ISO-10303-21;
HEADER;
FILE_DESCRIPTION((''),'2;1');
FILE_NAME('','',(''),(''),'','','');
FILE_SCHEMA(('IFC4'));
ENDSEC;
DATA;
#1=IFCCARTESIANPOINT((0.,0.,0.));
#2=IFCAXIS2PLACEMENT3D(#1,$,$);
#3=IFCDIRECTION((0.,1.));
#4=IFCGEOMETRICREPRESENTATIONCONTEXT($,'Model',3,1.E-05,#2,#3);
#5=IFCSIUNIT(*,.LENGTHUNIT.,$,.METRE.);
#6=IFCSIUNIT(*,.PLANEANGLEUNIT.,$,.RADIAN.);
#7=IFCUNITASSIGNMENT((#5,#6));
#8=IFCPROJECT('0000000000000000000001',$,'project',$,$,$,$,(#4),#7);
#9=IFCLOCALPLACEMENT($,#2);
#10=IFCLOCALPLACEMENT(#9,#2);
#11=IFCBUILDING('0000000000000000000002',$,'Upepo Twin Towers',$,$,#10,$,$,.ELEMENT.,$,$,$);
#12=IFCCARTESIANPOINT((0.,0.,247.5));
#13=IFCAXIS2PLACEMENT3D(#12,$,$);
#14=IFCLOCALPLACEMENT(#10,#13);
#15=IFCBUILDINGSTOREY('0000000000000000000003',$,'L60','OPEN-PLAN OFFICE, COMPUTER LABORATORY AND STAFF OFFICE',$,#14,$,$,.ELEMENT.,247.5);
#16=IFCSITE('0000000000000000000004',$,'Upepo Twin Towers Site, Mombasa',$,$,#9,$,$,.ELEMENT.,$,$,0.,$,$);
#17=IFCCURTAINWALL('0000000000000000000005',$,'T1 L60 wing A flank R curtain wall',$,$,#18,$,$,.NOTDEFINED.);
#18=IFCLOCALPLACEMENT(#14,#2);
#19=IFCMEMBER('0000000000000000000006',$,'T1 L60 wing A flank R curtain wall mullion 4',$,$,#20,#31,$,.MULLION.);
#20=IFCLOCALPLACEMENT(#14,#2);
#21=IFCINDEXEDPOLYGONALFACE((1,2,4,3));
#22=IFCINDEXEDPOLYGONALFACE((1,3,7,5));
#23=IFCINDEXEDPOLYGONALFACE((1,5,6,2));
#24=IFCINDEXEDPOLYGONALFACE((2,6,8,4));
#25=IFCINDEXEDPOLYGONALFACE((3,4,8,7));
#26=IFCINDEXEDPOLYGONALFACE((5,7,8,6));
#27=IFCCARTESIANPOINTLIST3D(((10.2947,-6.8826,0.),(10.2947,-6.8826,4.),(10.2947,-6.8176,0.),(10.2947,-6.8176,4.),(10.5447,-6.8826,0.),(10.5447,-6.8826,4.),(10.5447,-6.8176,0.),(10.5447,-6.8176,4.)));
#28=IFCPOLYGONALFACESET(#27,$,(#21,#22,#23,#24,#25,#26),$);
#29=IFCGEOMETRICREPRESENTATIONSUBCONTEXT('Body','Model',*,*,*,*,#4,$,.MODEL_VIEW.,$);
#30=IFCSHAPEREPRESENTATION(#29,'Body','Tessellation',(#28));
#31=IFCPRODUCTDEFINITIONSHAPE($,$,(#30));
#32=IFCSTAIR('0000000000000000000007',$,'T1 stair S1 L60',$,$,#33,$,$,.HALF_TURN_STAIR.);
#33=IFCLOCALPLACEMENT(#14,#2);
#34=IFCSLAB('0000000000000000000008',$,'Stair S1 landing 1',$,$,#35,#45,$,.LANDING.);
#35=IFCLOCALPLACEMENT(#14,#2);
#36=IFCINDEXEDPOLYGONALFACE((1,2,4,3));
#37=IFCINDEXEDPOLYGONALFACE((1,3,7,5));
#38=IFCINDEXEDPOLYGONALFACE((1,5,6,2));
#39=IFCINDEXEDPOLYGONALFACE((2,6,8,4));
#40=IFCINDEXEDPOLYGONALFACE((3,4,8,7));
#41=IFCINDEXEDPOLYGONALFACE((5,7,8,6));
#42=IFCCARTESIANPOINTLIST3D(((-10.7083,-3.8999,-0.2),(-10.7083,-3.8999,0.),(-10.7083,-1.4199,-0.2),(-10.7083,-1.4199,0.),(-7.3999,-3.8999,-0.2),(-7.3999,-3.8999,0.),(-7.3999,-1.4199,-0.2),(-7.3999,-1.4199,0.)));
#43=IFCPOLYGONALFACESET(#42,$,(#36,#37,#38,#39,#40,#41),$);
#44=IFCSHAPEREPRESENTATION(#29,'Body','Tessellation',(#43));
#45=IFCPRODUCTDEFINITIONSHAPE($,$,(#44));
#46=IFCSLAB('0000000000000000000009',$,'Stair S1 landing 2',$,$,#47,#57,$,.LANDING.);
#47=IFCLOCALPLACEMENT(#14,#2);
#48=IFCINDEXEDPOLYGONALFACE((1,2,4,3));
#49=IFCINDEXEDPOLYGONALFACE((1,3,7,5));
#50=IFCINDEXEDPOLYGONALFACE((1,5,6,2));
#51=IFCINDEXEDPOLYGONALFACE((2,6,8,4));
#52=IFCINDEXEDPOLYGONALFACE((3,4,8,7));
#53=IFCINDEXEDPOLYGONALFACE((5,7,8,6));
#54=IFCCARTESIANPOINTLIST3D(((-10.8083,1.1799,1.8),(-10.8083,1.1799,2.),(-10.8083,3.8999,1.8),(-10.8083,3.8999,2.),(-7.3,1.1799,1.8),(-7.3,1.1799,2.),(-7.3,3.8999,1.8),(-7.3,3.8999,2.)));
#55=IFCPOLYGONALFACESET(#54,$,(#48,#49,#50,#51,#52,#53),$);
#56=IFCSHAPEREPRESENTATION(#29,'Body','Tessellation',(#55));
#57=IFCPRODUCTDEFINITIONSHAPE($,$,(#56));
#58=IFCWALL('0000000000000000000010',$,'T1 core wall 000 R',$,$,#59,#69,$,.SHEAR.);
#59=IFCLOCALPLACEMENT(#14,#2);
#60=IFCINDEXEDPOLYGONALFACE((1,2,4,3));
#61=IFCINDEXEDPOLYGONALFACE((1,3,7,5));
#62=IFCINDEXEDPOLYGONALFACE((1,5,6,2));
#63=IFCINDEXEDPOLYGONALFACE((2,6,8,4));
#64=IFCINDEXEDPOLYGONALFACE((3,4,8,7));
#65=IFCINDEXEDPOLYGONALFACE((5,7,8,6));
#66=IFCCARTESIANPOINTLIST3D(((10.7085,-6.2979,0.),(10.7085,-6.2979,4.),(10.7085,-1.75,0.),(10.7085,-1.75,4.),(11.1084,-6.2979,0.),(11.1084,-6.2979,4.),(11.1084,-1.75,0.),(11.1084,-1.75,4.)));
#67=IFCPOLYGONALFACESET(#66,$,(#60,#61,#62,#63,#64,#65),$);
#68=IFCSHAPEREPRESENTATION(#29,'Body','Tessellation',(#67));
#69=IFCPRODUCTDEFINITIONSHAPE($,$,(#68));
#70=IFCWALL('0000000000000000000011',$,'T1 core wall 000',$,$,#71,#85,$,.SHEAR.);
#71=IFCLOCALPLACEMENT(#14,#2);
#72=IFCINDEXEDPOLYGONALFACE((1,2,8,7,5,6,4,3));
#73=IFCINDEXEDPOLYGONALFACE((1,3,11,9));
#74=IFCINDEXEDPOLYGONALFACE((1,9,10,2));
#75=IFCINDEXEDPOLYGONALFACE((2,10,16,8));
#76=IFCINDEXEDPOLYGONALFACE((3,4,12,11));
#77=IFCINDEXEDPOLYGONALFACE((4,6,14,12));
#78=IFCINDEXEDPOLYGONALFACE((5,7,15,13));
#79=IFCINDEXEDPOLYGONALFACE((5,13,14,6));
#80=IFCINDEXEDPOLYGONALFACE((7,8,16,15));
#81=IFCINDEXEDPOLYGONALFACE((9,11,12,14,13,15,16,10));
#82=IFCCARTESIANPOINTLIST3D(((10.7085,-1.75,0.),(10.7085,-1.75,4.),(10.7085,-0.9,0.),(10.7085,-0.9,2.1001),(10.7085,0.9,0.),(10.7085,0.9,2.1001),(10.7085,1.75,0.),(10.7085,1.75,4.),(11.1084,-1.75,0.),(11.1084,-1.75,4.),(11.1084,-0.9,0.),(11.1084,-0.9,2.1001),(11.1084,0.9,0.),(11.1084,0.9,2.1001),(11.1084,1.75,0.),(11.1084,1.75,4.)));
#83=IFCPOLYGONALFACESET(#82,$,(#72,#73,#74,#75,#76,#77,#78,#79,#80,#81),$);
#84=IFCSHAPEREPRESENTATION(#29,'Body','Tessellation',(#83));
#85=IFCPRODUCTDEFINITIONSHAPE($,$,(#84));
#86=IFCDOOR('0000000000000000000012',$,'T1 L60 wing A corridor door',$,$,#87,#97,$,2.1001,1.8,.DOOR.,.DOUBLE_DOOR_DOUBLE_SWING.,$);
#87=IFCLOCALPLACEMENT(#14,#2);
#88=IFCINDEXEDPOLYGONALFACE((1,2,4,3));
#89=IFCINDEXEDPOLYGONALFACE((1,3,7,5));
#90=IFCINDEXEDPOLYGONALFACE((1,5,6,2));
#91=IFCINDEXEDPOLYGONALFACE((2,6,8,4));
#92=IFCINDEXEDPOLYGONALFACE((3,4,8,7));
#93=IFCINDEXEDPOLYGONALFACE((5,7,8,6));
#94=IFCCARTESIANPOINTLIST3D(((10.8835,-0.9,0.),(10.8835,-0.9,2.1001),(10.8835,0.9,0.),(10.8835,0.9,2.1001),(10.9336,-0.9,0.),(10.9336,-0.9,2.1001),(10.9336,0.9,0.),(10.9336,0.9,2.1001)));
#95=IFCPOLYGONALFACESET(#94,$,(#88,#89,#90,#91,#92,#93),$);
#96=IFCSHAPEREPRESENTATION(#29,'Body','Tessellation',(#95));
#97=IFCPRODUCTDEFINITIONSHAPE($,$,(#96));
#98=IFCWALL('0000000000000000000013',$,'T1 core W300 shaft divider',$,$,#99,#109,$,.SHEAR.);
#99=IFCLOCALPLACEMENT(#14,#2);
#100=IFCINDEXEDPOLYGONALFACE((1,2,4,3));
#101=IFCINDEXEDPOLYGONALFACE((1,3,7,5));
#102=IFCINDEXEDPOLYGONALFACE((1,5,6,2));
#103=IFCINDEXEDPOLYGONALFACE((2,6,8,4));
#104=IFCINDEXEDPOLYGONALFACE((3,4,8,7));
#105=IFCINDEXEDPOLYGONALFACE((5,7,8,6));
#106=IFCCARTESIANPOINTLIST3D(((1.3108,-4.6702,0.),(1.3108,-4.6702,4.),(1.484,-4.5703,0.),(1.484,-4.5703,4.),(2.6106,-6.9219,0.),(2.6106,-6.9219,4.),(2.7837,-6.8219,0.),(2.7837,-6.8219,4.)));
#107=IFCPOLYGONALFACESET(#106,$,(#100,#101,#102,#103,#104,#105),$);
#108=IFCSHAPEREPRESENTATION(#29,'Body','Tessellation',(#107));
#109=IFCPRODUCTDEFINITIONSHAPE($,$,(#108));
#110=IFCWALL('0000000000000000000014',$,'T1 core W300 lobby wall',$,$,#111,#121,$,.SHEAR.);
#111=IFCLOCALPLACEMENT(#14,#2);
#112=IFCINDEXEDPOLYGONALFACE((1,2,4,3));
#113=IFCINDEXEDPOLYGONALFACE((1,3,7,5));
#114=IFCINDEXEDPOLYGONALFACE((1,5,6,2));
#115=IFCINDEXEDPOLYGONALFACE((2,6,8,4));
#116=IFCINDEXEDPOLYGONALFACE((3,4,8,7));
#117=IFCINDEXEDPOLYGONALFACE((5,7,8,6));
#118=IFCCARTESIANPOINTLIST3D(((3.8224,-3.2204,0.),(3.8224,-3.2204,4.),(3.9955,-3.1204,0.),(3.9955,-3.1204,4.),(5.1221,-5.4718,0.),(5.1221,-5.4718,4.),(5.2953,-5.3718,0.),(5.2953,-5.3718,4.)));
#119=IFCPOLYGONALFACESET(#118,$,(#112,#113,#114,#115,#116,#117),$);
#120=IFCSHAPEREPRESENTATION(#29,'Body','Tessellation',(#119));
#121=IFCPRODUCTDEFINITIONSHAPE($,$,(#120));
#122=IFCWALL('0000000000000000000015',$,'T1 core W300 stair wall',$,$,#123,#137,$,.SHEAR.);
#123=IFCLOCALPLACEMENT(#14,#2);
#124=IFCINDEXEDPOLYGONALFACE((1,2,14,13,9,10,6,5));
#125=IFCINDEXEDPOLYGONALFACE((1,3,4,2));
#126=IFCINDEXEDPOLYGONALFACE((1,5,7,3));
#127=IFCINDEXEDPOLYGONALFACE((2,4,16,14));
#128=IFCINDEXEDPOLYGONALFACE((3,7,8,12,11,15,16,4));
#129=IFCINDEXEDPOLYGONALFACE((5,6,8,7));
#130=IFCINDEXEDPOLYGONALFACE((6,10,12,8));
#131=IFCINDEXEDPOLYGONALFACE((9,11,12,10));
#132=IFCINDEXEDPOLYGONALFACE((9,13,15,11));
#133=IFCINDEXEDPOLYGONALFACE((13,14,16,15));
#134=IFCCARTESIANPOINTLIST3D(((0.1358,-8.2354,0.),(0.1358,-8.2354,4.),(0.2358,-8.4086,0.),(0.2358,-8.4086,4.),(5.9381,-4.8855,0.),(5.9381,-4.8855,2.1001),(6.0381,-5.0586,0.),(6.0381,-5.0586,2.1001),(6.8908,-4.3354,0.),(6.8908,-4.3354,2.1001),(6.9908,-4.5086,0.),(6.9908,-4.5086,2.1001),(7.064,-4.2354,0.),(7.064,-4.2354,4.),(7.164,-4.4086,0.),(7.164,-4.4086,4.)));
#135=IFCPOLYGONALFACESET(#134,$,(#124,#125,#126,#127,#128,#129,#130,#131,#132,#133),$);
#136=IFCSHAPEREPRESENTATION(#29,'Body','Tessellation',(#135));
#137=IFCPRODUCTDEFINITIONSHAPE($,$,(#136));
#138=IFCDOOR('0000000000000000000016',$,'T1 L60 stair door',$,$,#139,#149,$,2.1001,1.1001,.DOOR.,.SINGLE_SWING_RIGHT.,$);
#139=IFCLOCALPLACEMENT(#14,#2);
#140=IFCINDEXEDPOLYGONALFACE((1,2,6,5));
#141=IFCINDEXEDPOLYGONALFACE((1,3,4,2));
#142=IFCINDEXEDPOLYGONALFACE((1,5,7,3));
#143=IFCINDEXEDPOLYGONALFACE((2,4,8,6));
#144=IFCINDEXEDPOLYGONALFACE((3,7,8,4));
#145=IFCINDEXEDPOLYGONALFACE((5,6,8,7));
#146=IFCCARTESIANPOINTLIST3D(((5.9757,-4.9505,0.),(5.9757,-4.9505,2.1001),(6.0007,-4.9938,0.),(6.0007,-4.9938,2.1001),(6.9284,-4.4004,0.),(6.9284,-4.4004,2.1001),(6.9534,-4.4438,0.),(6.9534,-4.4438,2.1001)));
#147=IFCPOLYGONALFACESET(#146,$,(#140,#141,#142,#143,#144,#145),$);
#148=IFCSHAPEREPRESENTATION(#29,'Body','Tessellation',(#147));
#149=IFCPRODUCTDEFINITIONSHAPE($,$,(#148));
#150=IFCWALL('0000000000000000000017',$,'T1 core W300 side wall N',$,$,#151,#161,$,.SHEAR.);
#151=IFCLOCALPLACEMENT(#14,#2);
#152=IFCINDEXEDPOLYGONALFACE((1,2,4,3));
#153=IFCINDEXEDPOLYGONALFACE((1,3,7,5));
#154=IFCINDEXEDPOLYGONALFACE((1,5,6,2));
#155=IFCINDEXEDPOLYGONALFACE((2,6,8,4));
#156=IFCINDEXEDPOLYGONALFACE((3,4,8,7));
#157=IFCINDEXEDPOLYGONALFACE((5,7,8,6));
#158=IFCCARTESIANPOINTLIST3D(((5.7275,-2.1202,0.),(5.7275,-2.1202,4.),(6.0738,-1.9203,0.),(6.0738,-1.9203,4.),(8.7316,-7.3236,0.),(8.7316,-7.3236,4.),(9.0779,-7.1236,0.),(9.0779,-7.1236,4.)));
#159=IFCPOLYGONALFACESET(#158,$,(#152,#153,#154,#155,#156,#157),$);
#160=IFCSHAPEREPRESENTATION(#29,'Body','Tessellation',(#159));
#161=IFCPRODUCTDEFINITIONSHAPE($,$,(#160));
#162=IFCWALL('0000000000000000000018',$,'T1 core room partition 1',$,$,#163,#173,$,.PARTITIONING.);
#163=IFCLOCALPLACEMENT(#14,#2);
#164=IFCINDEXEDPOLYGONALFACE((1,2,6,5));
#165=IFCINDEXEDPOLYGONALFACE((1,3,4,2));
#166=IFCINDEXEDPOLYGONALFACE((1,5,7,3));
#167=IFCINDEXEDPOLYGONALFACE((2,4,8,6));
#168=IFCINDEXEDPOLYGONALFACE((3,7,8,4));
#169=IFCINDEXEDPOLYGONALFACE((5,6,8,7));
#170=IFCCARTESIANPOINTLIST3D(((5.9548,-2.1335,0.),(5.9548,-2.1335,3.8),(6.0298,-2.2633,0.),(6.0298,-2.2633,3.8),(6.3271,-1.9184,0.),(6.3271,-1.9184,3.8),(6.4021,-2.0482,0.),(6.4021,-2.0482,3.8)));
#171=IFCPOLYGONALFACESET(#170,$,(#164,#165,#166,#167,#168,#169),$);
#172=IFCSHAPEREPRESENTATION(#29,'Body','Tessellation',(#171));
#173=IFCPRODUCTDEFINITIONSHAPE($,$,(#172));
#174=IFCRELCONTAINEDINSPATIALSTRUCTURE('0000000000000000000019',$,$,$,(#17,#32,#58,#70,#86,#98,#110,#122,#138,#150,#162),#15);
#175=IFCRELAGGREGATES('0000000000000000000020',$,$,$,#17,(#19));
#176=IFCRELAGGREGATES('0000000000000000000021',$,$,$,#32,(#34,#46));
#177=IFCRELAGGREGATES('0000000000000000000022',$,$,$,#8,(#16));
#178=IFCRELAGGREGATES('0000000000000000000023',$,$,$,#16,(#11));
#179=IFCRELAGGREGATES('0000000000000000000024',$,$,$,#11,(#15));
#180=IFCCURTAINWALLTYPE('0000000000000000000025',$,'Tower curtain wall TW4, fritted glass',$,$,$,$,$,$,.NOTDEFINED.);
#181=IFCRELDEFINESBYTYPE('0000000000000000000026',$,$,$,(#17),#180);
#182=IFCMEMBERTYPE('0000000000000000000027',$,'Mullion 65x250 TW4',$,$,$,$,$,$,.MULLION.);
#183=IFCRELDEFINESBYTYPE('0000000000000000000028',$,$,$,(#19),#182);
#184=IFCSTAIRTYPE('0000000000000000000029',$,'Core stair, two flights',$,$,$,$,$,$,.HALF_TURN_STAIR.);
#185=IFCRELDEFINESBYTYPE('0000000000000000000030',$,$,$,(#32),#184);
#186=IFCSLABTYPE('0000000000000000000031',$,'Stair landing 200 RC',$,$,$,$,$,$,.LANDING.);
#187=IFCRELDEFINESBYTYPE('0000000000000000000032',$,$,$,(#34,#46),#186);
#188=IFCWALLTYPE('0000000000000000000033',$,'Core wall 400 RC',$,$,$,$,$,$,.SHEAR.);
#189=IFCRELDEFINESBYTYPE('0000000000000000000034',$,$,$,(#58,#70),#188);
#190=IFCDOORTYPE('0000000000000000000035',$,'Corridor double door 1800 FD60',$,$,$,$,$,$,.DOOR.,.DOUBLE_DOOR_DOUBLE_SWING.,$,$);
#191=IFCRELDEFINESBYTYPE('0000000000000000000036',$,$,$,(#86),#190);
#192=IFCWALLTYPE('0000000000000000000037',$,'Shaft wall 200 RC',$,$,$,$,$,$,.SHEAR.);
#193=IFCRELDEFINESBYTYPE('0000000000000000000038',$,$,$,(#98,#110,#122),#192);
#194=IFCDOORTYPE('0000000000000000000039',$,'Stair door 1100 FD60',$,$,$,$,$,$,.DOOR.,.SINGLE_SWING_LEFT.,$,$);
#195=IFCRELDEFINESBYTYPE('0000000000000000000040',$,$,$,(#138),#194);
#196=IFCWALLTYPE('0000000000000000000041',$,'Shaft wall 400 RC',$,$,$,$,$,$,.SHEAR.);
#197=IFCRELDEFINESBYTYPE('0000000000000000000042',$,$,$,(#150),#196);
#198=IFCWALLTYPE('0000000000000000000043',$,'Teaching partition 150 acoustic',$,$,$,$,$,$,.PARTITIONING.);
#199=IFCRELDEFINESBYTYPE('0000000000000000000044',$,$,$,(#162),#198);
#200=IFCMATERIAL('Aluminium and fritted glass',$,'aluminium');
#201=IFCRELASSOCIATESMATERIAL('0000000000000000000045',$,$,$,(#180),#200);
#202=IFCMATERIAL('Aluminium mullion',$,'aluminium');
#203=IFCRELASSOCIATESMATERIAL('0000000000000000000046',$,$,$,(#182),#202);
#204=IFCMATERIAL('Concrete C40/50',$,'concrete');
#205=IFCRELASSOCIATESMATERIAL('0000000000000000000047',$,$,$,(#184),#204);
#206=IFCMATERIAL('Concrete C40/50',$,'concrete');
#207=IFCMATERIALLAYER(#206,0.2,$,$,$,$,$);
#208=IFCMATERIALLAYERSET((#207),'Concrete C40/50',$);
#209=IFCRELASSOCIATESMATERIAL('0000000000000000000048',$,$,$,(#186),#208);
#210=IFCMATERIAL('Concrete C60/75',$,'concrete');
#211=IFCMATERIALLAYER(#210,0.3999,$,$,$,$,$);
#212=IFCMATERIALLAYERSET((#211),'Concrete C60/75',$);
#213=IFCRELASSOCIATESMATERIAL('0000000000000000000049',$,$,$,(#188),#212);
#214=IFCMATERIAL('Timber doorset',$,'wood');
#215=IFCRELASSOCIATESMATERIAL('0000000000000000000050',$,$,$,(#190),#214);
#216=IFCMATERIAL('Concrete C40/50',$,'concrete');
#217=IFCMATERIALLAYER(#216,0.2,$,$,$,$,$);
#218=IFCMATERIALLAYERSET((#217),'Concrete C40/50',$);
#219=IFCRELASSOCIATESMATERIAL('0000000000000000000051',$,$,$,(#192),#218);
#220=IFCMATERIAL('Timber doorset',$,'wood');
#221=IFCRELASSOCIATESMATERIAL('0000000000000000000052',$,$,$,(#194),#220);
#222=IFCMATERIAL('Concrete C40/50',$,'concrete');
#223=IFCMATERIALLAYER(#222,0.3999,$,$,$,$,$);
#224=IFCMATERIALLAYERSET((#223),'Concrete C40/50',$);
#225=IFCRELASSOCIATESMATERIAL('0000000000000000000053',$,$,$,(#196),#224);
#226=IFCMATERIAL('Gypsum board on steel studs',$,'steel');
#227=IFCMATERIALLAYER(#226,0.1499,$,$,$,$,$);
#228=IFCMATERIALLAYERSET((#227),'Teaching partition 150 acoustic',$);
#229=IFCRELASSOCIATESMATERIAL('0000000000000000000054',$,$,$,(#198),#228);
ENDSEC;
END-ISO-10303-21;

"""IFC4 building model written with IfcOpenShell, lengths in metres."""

from ifc_helpers import new_model, si_unit, direction, frame, frame_2d, origin, origin_2d, place, context, subcontext, project, spatial, polyline, rectangle, outline, extrude, material, layer, layer_set, material_profile, profile_set, type_object, element, fill, aggregate, save


model = new_model("IFC4")

# Units and contexts
model_context = context("Model", 3, precision=1e-05, world=origin(), true_north=direction((0.0, 1.0)))
body_context = subcontext(model_context, "Body", "Model", "MODEL_VIEW")
ifc_project = project(units=[si_unit("LENGTHUNIT", "METRE"), si_unit("PLANEANGLEUNIT", "RADIAN")], contexts=[model_context])

# Site, building, storey
site_placement = place(None, origin())
site = spatial("IfcSite", under=ifc_project, at=site_placement, Name="Upepo Twin Towers Site, Mombasa", CompositionType="ELEMENT", RefElevation=0.0)
building_placement = place(site_placement, origin())
building = spatial("IfcBuilding", under=site, at=building_placement, Name="Upepo Twin Towers", CompositionType="ELEMENT")
storey_placement = place(building_placement, frame((0.0, 0.0, 247.5)))
storey = spatial("IfcBuildingStorey", under=building, at=storey_placement, Name="L60", Description="OPEN-PLAN OFFICE, COMPUTER LABORATORY AND STAFF OFFICE", CompositionType="ELEMENT", Elevation=247.5)

# Curtain wall, member
ifc_material_1 = material(Name="Aluminium and fritted glass", Category="aluminium")
curtain_wall_type = type_object("IfcCurtainWallType", Name="Tower curtain wall TW4, fritted glass", PredefinedType="NOTDEFINED", material=ifc_material_1)
curtain_wall_placement = place(storey_placement, origin())
curtain_wall = element("IfcCurtainWall", 1, at=curtain_wall_placement, inside=storey, type_object=curtain_wall_type, Name="T1 L60 wing A flank R curtain wall", PredefinedType="NOTDEFINED")
ifc_material_2 = material(Name="Aluminium mullion", Category="aluminium")
ifc_material_profile = material_profile(ifc_material_2, rectangle(XDim=0.0649, YDim=0.25, at=origin_2d()), Name="MULLION 65x250")
ifc_profile_set = profile_set([ifc_material_profile], Name="Aluminium mullion")
member_type = type_object("IfcMemberType", Name="Mullion 65x250 TW4", PredefinedType="MULLION", material=ifc_profile_set)
member_placement = place(storey_placement, frame((10.4197, -6.8501, 0.0), z_axis=(0.0, 0.0, 1.0), x_axis=(0.0, -1.0, 0.0)))
member = element("IfcMember", 2, at=member_placement, type_object=member_type, Name="T1 L60 wing A flank R curtain wall mullion 4", PredefinedType="MULLION", context=body_context, shape_type="SweptSolid", body=[
    extrude(rectangle(XDim=0.0649, YDim=0.25, at=origin_2d()), origin(), (0.0, 0.0, 1.0), 4.0),
])
aggregate(curtain_wall, [member])

# Stair, slabs
ifc_material_3 = material(Name="Concrete C40/50", Category="concrete")
stair_type = type_object("IfcStairType", Name="Core stair, two flights", PredefinedType="HALF_TURN_STAIR", material=ifc_material_3)
stair_1_placement = place(storey_placement, origin())
stair_1 = element("IfcStair", 3, at=stair_1_placement, inside=storey, type_object=stair_type, Name="T1 stair S1 L60", PredefinedType="HALF_TURN_STAIR")
ifc_material_4 = material(Name="Concrete C40/50", Category="concrete")
ifc_layer_1 = layer(ifc_material_4, 0.2)
ifc_layer_set_1 = layer_set([ifc_layer_1], Name="Concrete C40/50")
slab_type = type_object("IfcSlabType", Name="Stair landing 200 RC", PredefinedType="LANDING", material=ifc_layer_set_1)
slab_1_placement = place(storey_placement, frame((0.0, 0.0, -0.2)))
slab_1 = element("IfcSlab", 4, at=slab_1_placement, type_object=slab_type, Name="Stair S1 landing 1", PredefinedType="LANDING", context=body_context, shape_type="SweptSolid", body=[
    extrude(outline(polyline([(-7.3999, -1.4199), (-10.7083, -1.4199), (-10.7083, -3.8999), (-7.3999, -3.8999), (-7.3999, -1.4199)])), origin(), (0.0, 0.0, 1.0), 0.2),
])
slab_2_placement = place(storey_placement, frame((0.0, 0.0, 1.8)))
slab_2 = element("IfcSlab", 5, at=slab_2_placement, type_object=slab_type, Name="Stair S1 landing 2", PredefinedType="LANDING", context=body_context, shape_type="SweptSolid", body=[
    extrude(outline(polyline([(-7.3, 3.8999), (-10.8083, 3.8999), (-10.8083, 1.1799), (-7.3, 1.1799), (-7.3, 3.8999)])), origin(), (0.0, 0.0, 1.0), 0.2),
])
aggregate(stair_1, [slab_1, slab_2])

# Wall
ifc_material_5 = material(Name="Concrete C60/75", Category="concrete")
ifc_layer_2 = layer(ifc_material_5, 0.3999)
ifc_layer_set_2 = layer_set([ifc_layer_2], Name="Concrete C60/75")
wall_type_1 = type_object("IfcWallType", Name="Core wall 400 RC", PredefinedType="SHEAR", material=ifc_layer_set_2)
wall_1_placement = place(storey_placement, frame((10.9084, -6.2979, 0.0), z_axis=(0.0, 0.0, 1.0), x_axis=(0.0, 1.0, 0.0)))
element("IfcWall", 6, at=wall_1_placement, inside=storey, type_object=wall_type_1, Name="T1 core wall 000 R", PredefinedType="SHEAR", context=body_context, shape_type="SweptSolid", body=[
    extrude(rectangle(XDim=4.5479, YDim=0.3999, at=frame_2d((2.2739, 0.0))), origin(), (0.0, 0.0, 1.0), 4.0),
])

# Wall, opening, door
wall_2_placement = place(storey_placement, frame((10.9084, -1.75, 0.0), z_axis=(0.0, 0.0, 1.0), x_axis=(0.0, 1.0, 0.0)))
wall_2 = element("IfcWall", 7, at=wall_2_placement, inside=storey, type_object=wall_type_1, Name="T1 core wall 000", PredefinedType="SHEAR", context=body_context, shape_type="SweptSolid", body=[
    extrude(rectangle(XDim=3.5, YDim=0.3999, at=frame_2d((1.75, 0.0))), origin(), (0.0, 0.0, 1.0), 4.0),
])
opening_1_placement = place(wall_2_placement, frame((0.8501, 0.0, 0.0)))
opening_1 = element("IfcOpeningElement", 8, at=opening_1_placement, cuts=wall_2, PredefinedType="OPENING", context=body_context, shape_type="SweptSolid", body=[
    extrude(rectangle(XDim=1.8, YDim=2.1001, at=frame_2d((0.8999, 1.05))), frame((0.0, 0.21, 0.0), z_axis=(0.0, -1.0, 0.0), x_axis=(1.0, 0.0, 0.0)), (0.0, 0.0, 1.0), 0.4199),
])
ifc_material_6 = material(Name="Timber doorset", Category="wood")
door_type_1 = type_object("IfcDoorType", Name="Corridor double door 1800 FD60", OperationType="DOUBLE_DOOR_DOUBLE_SWING", PredefinedType="DOOR", material=ifc_material_6)
door_1_placement = place(opening_1_placement, origin())
door_1 = element("IfcDoor", 9, at=door_1_placement, inside=storey, type_object=door_type_1, Name="T1 L60 wing A corridor door", OperationType="DOUBLE_DOOR_DOUBLE_SWING", OverallHeight=2.1001, OverallWidth=1.8, PredefinedType="DOOR", context=body_context, shape_type="SweptSolid", body=[
    extrude(rectangle(XDim=1.8, YDim=2.1001, at=frame_2d((0.8999, 1.05))), frame((0.0, 0.0249, 0.0), z_axis=(0.0, -1.0, 0.0), x_axis=(1.0, 0.0, 0.0)), (0.0, 0.0, 1.0), 0.05),
])
fill(opening_1, door_1)

# Walls
ifc_material_7 = material(Name="Concrete C40/50", Category="concrete")
ifc_layer_3 = layer(ifc_material_7, 0.2)
ifc_layer_set_3 = layer_set([ifc_layer_3], Name="Concrete C40/50")
wall_type_2 = type_object("IfcWallType", Name="Shaft wall 200 RC", PredefinedType="SHEAR", material=ifc_layer_set_3)
wall_3_placement = place(storey_placement, frame((1.3975, -4.6204, 0.0), z_axis=(0.0, 0.0, 1.0), x_axis=(0.499937, -0.866062, 0.0)))
element("IfcWall", 10, at=wall_3_placement, inside=storey, type_object=wall_type_2, Name="T1 core W300 shaft divider", PredefinedType="SHEAR", context=body_context, shape_type="SweptSolid", body=[
    extrude(rectangle(XDim=2.5999, YDim=0.2, at=frame_2d((1.2998, 0.0))), origin(), (0.0, 0.0, 1.0), 4.0),
])
wall_4_placement = place(storey_placement, frame((3.9089, -3.1704, 0.0), z_axis=(0.0, 0.0, 1.0), x_axis=(0.499977, -0.866039, 0.0)))
element("IfcWall", 11, at=wall_4_placement, inside=storey, type_object=wall_type_2, Name="T1 core W300 lobby wall", PredefinedType="SHEAR", context=body_context, shape_type="SweptSolid", body=[
    extrude(rectangle(XDim=2.5996, YDim=0.2, at=frame_2d((1.2998, 0.0))), origin(), (0.0, 0.0, 1.0), 4.0),
])

# Wall, opening, door
wall_5_placement = place(storey_placement, frame((0.1858, -8.322, 0.0), z_axis=(0.0, 0.0, 1.0), x_axis=(0.866026, 0.499999, 0.0)))
wall_5 = element("IfcWall", 12, at=wall_5_placement, inside=storey, type_object=wall_type_2, Name="T1 core W300 stair wall", PredefinedType="SHEAR", context=body_context, shape_type="SweptSolid", body=[
    extrude(rectangle(XDim=8.0, YDim=0.2, at=frame_2d((4.0, 0.0))), origin(), (0.0, 0.0, 1.0), 4.0),
])
opening_2_placement = place(wall_5_placement, frame((6.7, 0.0, 0.0)))
opening_2 = element("IfcOpeningElement", 13, at=opening_2_placement, cuts=wall_5, PredefinedType="OPENING", context=body_context, shape_type="SweptSolid", body=[
    extrude(rectangle(XDim=1.1001, YDim=2.1001, at=frame_2d((0.55, 1.05))), frame((0.0, 0.1099, 0.0), z_axis=(0.0, -1.0, 0.0), x_axis=(1.0, 0.0, 0.0)), (0.0, 0.0, 1.0), 0.22),
])
ifc_material_8 = material(Name="Timber doorset", Category="wood")
door_type_2 = type_object("IfcDoorType", Name="Stair door 1100 FD60", OperationType="SINGLE_SWING_LEFT", PredefinedType="DOOR", material=ifc_material_8)
door_2_placement = place(opening_2_placement, origin())
door_2 = element("IfcDoor", 14, at=door_2_placement, inside=storey, type_object=door_type_2, Name="T1 L60 stair door", OperationType="SINGLE_SWING_RIGHT", OverallHeight=2.1001, OverallWidth=1.1001, PredefinedType="DOOR", context=body_context, shape_type="SweptSolid", body=[
    extrude(rectangle(XDim=1.1001, YDim=2.1001, at=frame_2d((0.55, 1.05))), frame((0.0, 0.0249, 0.0), z_axis=(0.0, -1.0, 0.0), x_axis=(1.0, 0.0, 0.0)), (0.0, 0.0, 1.0), 0.05),
])
fill(opening_2, door_2)

# Walls
ifc_material_9 = material(Name="Concrete C40/50", Category="concrete")
ifc_layer_4 = layer(ifc_material_9, 0.3999)
ifc_layer_set_4 = layer_set([ifc_layer_4], Name="Concrete C40/50")
wall_type_3 = type_object("IfcWallType", Name="Shaft wall 400 RC", PredefinedType="SHEAR", material=ifc_layer_set_4)
wall_6_placement = place(storey_placement, frame((5.9006, -2.0203, 0.0), z_axis=(0.0, 0.0, 1.0), x_axis=(0.499998, -0.866027, 0.0)))
element("IfcWall", 15, at=wall_6_placement, inside=storey, type_object=wall_type_3, Name="T1 core W300 side wall N", PredefinedType="SHEAR", context=body_context, shape_type="SweptSolid", body=[
    extrude(rectangle(XDim=6.0083, YDim=0.3999, at=frame_2d((3.0042, 0.0))), origin(), (0.0, 0.0, 1.0), 4.0),
])
ifc_material_10 = material(Name="Gypsum board on steel studs", Category="steel")
ifc_layer_5 = layer(ifc_material_10, 0.1499)
ifc_layer_set_5 = layer_set([ifc_layer_5], Name="Teaching partition 150 acoustic")
wall_type_4 = type_object("IfcWallType", Name="Teaching partition 150 acoustic", PredefinedType="PARTITIONING", material=ifc_layer_set_5)
wall_7_placement = place(storey_placement, frame((6.3645, -1.9834, 0.0), z_axis=(0.0, 0.0, 1.0), x_axis=(-0.865892, -0.50023, 0.0)))
element("IfcWall", 16, at=wall_7_placement, inside=storey, type_object=wall_type_4, Name="T1 core room partition 1", PredefinedType="PARTITIONING", context=body_context, shape_type="SweptSolid", body=[
    extrude(rectangle(XDim=0.4299, YDim=0.1499, at=frame_2d((0.2148, 0.0))), origin(), (0.0, 0.0, 1.0), 3.8),
])

save(model, "model.ifc")
